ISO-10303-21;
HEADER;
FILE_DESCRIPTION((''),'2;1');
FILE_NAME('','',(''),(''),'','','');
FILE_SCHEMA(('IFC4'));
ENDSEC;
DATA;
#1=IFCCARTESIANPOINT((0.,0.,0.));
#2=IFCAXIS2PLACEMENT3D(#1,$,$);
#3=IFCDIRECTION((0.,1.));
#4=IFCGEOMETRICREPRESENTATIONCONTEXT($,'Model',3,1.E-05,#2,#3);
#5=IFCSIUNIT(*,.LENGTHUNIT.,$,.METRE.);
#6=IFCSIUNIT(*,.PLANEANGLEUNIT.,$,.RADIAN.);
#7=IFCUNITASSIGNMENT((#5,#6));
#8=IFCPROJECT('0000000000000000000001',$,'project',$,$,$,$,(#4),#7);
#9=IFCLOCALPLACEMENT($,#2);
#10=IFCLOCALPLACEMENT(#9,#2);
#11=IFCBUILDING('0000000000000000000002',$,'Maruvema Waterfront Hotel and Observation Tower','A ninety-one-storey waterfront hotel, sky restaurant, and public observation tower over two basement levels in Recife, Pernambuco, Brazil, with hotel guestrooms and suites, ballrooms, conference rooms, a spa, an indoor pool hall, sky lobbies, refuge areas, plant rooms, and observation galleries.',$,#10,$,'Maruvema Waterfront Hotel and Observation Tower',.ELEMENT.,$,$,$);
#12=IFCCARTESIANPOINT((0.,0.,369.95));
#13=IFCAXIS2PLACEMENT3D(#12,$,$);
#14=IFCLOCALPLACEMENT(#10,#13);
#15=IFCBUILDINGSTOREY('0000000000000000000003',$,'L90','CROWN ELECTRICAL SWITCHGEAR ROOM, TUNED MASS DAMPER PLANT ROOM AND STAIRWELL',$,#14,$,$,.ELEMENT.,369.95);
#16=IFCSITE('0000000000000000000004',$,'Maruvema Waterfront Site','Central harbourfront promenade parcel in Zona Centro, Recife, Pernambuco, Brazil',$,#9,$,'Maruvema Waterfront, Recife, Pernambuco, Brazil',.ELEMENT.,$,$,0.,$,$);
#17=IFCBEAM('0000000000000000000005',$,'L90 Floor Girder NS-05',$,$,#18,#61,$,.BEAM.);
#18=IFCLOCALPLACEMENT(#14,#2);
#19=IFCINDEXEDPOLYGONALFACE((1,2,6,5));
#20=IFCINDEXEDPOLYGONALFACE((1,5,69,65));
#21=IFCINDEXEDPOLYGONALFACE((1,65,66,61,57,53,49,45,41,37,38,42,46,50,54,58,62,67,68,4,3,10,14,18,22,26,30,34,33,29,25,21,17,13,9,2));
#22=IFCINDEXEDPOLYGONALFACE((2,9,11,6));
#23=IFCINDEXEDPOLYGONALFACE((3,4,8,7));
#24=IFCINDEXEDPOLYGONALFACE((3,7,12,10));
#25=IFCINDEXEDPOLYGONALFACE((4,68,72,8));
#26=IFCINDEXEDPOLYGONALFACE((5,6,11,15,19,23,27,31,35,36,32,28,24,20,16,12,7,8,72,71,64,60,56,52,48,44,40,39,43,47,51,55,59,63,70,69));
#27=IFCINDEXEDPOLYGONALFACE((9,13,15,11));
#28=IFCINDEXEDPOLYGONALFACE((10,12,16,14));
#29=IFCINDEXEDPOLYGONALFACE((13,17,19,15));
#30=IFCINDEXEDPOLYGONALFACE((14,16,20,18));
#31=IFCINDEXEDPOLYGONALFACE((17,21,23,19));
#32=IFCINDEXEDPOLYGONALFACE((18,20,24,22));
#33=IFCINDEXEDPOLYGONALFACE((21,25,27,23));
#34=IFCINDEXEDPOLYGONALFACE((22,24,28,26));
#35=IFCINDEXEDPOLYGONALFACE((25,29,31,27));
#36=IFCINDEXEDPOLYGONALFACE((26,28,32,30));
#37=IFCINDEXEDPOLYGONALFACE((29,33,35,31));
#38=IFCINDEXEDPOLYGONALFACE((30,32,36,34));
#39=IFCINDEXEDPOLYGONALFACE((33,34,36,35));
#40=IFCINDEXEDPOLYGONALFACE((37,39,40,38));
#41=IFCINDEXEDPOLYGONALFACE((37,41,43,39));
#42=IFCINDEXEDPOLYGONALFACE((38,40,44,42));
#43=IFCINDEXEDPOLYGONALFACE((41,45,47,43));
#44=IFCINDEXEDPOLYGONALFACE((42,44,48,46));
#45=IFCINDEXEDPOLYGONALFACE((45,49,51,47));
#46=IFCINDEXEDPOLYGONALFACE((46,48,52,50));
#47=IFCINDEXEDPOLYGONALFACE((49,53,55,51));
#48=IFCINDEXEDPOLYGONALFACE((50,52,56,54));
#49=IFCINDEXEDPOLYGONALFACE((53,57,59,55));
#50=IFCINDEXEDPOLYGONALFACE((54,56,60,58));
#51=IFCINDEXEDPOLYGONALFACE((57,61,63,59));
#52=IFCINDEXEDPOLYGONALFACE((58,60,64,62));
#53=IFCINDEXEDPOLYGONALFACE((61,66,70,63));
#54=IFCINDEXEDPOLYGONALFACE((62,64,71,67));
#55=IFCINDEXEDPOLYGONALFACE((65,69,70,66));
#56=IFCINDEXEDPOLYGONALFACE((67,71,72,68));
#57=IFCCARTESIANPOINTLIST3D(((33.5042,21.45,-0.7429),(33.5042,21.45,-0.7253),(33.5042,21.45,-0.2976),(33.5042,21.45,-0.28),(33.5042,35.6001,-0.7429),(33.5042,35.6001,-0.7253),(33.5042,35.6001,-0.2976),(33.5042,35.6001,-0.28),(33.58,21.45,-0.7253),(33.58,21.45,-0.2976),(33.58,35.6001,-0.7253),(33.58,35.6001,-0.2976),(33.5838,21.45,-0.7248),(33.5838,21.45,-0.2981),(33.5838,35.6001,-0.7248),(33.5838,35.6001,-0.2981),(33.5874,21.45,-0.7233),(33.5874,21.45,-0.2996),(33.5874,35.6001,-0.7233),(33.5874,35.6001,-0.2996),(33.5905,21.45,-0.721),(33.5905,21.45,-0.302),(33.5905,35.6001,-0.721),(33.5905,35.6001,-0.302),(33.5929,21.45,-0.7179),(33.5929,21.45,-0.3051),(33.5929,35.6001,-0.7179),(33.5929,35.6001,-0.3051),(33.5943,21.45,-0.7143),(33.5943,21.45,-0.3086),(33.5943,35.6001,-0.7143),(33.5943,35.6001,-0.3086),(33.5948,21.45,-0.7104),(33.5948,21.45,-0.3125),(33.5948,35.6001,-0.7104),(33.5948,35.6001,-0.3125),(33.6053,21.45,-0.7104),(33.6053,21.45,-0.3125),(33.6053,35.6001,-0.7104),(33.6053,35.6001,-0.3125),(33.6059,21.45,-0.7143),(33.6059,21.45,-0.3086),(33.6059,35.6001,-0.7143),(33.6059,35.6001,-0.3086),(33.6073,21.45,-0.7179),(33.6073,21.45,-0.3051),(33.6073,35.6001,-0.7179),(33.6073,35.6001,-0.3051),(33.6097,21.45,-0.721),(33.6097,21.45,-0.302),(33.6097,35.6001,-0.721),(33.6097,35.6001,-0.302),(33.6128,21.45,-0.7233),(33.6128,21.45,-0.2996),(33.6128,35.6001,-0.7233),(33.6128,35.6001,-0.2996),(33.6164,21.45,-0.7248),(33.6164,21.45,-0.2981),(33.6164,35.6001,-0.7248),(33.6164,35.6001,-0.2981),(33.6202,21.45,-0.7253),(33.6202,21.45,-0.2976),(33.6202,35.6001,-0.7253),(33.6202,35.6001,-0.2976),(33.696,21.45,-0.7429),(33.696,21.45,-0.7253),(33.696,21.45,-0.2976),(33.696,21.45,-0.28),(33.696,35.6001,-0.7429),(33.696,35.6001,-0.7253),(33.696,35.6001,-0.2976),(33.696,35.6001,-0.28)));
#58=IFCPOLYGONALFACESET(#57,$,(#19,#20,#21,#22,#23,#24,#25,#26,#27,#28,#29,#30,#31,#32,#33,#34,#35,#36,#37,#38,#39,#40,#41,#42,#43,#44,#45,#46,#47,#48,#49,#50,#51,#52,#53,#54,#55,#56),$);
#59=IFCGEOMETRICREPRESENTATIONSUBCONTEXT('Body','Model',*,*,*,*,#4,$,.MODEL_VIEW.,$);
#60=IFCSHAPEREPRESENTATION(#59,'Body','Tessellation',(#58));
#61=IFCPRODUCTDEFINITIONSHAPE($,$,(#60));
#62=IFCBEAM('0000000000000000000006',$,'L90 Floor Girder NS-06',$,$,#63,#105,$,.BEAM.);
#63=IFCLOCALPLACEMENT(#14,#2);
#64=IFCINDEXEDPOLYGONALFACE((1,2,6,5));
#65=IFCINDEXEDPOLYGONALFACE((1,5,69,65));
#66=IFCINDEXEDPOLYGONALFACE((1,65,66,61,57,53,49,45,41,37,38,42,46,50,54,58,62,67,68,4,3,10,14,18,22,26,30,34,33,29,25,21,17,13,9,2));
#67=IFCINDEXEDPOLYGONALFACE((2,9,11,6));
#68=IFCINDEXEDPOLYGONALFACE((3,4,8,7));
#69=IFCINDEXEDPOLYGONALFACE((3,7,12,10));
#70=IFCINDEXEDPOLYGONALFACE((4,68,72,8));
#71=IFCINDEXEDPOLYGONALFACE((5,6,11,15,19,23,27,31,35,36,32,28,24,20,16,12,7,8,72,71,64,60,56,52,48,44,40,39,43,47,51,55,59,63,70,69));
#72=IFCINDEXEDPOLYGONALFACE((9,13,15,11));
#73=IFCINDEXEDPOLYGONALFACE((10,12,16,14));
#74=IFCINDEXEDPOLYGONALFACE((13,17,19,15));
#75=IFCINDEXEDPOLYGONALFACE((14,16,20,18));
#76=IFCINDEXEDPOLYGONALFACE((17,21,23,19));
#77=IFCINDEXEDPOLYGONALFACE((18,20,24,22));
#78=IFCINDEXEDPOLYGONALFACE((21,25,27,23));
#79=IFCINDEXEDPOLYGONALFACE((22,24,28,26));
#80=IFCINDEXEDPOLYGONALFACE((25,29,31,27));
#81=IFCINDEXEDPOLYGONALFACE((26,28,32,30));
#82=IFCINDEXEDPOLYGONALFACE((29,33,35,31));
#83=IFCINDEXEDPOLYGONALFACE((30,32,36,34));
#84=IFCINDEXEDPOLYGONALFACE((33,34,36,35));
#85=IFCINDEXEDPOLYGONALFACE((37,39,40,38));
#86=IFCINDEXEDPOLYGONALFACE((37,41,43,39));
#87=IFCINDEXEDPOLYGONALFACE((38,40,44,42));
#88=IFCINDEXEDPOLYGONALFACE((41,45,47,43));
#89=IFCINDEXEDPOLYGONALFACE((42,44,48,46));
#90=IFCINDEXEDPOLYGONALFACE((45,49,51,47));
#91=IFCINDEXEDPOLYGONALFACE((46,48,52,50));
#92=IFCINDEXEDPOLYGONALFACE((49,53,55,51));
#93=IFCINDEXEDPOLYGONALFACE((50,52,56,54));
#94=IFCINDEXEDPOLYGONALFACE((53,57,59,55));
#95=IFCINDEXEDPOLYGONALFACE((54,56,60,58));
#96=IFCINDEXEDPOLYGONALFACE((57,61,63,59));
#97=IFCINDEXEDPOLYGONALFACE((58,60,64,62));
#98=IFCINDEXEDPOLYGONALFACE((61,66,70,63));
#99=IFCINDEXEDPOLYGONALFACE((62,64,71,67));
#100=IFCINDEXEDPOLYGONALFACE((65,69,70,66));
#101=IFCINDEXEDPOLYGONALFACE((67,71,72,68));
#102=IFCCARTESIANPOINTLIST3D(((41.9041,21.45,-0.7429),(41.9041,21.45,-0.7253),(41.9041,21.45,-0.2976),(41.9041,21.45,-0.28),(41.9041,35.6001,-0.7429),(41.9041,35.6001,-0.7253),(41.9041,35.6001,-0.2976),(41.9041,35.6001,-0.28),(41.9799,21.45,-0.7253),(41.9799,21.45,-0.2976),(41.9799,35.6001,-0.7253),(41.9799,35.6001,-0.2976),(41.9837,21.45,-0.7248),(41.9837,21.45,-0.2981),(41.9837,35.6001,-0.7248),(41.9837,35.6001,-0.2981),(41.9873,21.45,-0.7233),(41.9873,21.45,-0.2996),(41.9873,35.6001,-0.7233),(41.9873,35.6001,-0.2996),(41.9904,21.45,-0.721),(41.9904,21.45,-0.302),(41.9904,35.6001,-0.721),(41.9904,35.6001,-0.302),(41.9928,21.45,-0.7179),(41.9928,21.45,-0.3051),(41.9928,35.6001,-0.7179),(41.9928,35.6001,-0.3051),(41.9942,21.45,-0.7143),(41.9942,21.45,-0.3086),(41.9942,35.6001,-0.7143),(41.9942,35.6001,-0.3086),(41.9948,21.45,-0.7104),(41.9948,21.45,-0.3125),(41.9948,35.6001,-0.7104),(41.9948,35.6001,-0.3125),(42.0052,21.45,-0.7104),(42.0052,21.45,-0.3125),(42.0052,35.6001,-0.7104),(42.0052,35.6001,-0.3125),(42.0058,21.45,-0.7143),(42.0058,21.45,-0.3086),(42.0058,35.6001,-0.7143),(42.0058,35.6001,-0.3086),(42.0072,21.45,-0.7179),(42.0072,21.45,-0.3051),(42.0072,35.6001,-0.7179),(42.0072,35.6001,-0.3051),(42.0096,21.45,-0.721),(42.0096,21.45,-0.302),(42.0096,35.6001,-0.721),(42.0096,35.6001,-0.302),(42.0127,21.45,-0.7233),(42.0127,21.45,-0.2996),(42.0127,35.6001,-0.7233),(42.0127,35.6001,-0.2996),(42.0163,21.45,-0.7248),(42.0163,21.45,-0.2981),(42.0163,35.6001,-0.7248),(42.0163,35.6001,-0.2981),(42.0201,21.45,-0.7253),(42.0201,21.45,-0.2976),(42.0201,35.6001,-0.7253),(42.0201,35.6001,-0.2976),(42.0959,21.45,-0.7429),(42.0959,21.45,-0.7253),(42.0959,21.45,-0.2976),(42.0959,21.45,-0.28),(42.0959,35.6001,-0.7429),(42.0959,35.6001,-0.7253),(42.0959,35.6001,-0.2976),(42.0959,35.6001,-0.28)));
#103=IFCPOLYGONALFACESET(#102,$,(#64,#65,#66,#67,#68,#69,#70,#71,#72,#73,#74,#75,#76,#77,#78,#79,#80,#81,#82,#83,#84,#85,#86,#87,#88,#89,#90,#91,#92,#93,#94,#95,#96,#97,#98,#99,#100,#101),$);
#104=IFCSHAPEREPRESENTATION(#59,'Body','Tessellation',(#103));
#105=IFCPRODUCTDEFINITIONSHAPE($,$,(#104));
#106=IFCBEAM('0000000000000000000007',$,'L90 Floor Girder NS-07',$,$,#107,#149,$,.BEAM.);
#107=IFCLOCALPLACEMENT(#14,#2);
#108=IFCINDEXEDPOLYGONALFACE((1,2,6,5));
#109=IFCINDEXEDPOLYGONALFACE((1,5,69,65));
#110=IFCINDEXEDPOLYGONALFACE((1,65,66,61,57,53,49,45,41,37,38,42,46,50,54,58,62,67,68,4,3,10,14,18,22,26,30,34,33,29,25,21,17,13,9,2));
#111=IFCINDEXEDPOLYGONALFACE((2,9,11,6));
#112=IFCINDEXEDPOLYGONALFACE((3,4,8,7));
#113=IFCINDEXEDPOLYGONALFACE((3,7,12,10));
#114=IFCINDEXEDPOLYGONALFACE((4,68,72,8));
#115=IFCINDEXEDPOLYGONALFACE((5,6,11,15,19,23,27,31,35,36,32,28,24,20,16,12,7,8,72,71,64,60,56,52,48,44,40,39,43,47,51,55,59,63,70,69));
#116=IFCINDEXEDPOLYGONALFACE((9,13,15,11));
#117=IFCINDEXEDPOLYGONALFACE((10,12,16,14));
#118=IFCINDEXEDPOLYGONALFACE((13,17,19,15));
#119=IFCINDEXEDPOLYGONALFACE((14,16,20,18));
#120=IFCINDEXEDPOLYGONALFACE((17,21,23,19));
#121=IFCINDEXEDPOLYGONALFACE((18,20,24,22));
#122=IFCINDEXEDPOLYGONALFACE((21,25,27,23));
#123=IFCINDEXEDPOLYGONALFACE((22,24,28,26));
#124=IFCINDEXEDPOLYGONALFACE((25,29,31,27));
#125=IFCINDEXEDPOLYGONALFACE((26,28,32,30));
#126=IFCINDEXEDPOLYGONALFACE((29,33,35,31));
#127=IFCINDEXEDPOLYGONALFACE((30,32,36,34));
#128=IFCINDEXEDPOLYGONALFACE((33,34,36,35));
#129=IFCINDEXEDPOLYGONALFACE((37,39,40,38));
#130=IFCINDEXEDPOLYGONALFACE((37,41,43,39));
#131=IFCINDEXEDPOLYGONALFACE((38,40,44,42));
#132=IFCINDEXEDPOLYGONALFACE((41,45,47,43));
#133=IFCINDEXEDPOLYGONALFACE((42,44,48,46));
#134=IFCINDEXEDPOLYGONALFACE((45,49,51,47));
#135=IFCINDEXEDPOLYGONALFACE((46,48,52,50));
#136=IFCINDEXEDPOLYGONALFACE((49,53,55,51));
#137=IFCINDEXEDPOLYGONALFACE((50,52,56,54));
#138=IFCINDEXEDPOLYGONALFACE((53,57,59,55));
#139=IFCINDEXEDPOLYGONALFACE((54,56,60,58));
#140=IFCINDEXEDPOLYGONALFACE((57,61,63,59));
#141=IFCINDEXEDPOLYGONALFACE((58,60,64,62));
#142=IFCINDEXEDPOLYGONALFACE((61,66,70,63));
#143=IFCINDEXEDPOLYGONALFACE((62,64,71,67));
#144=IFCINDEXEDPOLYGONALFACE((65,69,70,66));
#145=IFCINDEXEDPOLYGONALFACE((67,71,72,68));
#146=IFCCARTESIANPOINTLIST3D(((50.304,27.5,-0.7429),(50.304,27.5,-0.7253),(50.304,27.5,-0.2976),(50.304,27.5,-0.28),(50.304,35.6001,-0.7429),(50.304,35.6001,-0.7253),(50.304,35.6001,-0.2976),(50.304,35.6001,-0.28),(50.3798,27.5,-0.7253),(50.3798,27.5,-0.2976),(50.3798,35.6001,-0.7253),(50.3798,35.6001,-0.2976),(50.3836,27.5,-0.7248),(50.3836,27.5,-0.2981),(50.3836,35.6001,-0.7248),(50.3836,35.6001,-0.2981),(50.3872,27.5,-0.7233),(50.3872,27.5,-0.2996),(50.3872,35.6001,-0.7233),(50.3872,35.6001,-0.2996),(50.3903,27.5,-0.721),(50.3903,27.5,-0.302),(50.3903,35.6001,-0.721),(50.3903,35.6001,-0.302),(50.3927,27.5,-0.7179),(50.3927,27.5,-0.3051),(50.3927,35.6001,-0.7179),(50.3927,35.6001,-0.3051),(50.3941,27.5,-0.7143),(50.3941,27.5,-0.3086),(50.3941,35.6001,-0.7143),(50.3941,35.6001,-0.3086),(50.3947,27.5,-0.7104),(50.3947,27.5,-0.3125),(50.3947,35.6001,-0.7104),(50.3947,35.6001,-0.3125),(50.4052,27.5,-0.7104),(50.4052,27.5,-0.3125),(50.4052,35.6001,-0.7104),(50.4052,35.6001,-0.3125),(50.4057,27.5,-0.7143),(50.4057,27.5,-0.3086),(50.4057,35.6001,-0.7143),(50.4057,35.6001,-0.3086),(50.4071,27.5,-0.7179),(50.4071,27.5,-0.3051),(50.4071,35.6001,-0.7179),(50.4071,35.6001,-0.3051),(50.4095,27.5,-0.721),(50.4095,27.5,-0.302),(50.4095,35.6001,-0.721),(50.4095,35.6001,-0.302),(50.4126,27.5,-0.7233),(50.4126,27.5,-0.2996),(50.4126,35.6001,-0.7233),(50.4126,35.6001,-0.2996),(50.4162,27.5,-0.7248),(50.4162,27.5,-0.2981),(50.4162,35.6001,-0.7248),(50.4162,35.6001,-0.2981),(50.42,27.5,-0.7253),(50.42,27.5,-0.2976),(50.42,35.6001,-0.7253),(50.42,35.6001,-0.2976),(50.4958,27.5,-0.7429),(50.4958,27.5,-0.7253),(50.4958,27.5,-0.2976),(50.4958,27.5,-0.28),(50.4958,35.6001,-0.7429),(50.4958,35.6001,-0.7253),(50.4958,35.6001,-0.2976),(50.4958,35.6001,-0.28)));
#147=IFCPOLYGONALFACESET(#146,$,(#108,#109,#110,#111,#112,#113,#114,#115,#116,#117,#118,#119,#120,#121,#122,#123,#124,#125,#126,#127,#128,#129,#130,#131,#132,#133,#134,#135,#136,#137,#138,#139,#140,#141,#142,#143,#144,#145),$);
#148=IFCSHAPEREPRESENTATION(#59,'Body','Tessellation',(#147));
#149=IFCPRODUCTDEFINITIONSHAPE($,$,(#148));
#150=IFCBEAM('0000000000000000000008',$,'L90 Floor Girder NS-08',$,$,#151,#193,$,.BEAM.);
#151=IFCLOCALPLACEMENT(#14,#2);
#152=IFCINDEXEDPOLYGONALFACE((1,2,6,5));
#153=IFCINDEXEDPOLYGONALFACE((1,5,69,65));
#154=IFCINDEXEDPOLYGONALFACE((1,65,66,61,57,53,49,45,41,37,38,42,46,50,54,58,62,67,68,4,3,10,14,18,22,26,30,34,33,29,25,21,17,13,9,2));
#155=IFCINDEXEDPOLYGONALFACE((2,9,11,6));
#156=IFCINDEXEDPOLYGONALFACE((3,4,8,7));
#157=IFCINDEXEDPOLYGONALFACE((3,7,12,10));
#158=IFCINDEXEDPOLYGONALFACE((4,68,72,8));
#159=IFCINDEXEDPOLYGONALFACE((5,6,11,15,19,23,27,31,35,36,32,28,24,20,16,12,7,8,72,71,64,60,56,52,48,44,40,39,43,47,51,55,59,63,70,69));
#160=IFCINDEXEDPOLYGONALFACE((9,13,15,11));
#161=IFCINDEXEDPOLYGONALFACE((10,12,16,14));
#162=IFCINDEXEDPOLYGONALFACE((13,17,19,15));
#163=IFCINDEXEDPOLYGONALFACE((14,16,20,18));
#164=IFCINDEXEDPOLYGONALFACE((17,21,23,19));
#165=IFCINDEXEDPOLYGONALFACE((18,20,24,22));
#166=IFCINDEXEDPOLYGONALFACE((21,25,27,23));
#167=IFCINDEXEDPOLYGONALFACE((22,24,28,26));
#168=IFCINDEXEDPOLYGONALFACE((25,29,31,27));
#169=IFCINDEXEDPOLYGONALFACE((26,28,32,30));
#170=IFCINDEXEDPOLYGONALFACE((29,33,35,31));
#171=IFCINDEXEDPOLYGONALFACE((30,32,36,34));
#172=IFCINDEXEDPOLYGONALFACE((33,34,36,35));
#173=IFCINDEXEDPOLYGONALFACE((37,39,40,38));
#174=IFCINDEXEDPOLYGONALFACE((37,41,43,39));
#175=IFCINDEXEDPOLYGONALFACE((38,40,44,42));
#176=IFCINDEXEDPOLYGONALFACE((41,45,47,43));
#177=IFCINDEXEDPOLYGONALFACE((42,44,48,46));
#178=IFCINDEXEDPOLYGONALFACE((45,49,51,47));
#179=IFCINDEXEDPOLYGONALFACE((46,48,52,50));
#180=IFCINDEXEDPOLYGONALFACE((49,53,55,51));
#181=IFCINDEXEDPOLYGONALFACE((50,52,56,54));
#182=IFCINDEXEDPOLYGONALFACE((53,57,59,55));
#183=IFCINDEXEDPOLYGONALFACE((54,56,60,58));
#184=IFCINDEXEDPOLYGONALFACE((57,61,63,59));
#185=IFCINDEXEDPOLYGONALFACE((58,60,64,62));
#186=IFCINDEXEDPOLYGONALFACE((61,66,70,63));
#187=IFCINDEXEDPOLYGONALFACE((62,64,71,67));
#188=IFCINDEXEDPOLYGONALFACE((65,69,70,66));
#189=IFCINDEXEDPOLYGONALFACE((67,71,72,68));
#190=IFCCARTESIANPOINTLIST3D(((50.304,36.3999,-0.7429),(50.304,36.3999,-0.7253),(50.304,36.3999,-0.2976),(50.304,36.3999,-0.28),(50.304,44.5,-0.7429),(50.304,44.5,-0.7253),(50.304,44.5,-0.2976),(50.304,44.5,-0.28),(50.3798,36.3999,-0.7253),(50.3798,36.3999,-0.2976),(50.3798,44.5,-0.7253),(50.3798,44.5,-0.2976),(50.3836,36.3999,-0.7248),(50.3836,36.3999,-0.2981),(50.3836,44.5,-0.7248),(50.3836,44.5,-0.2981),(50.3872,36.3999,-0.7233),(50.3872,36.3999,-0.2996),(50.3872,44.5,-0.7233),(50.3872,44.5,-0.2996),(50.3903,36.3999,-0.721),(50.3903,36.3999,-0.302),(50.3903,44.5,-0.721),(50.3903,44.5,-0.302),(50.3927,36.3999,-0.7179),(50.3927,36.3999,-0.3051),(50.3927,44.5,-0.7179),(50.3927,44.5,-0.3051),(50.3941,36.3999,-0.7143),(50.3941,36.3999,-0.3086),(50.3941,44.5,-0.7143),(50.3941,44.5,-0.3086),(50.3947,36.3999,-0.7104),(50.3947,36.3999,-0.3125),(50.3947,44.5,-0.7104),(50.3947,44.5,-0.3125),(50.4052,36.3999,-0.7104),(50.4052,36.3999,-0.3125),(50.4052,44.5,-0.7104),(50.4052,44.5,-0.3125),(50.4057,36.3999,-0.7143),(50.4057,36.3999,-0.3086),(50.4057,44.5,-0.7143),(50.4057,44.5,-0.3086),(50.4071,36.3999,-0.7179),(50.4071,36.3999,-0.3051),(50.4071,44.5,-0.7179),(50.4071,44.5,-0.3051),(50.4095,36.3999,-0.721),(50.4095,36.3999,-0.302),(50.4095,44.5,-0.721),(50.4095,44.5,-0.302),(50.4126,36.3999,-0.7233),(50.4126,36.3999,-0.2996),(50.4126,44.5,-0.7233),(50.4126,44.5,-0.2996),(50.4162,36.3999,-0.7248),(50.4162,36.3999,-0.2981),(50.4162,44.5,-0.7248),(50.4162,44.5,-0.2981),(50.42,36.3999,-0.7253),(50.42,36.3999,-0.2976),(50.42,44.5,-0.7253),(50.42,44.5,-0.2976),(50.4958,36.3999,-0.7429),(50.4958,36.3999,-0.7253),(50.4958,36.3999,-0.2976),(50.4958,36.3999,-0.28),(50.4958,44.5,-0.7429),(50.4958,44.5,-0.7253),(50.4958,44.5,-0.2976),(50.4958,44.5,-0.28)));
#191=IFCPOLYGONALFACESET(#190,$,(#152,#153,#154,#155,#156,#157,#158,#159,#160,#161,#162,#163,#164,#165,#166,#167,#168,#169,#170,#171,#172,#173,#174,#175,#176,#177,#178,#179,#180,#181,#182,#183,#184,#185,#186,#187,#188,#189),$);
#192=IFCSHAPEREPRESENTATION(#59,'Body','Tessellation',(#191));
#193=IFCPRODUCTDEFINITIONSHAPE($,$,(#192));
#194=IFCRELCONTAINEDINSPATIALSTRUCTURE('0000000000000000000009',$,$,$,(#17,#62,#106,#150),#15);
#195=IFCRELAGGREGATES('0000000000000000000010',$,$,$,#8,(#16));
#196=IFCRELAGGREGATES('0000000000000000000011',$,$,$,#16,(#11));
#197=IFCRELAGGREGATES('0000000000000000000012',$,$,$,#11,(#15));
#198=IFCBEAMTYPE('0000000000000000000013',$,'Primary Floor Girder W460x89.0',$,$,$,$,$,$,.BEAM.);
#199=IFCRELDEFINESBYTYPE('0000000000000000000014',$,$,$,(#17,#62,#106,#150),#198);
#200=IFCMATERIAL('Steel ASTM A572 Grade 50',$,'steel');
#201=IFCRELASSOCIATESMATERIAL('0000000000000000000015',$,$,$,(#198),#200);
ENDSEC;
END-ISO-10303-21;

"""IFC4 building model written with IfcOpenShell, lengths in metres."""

from ifc_helpers import new_model, si_unit, direction, frame, origin, origin_2d, place, context, subcontext, project, spatial, i_section, extrude, material, material_profile, profile_set, type_object, element, save


model = new_model("IFC4")

# Units and contexts
model_context = context("Model", 3, precision=1e-05, world=origin(), true_north=direction((0.0, 1.0)))
body_context = subcontext(model_context, "Body", "Model", "MODEL_VIEW")
ifc_project = project(units=[si_unit("LENGTHUNIT", "METRE"), si_unit("PLANEANGLEUNIT", "RADIAN")], contexts=[model_context])

# Site, building, storey
site_placement = place(None, origin())
site = spatial("IfcSite", under=ifc_project, at=site_placement, Name="Maruvema Waterfront Site", Description="Central harbourfront promenade parcel in Zona Centro, Recife, Pernambuco, Brazil", LongName="Maruvema Waterfront, Recife, Pernambuco, Brazil", CompositionType="ELEMENT", RefElevation=0.0)
building_placement = place(site_placement, origin())
building = spatial("IfcBuilding", under=site, at=building_placement, Name="Maruvema Waterfront Hotel and Observation Tower", Description="A ninety-one-storey waterfront hotel, sky restaurant, and public observation tower over two basement levels in Recife, Pernambuco, Brazil, with hotel guestrooms and suites, ballrooms, conference rooms, a spa, an indoor pool hall, sky lobbies, refuge areas, plant rooms, and observation galleries.", LongName="Maruvema Waterfront Hotel and Observation Tower", CompositionType="ELEMENT")
storey_placement = place(building_placement, frame((0.0, 0.0, 369.95)))
storey = spatial("IfcBuildingStorey", under=building, at=storey_placement, Name="L90", Description="CROWN ELECTRICAL SWITCHGEAR ROOM, TUNED MASS DAMPER PLANT ROOM AND STAIRWELL", CompositionType="ELEMENT", Elevation=369.95)

# Beams
ifc_material_1 = material(Name="Steel ASTM A572 Grade 50", Category="steel")
ifc_material_profile_1 = material_profile(ifc_material_1, i_section(OverallWidth=0.1919, OverallDepth=0.4629, WebThickness=0.0105, FlangeThickness=0.0176, FilletRadius=0.0149, at=origin_2d()), Name="W460x89.0")
ifc_profile_set_1 = profile_set([ifc_material_profile_1], Name="Steel ASTM A572 Grade 50")
beam_type = type_object("IfcBeamType", Name="Primary Floor Girder W460x89.0", PredefinedType="BEAM", material=ifc_profile_set_1)
for number, where, z_axis, x_axis, name in (
    (1, (33.6001, 21.45, -0.5115), (0.0, 1.0, 0.0), (-1.0, 0.0, 0.0), "L90 Floor Girder NS-05"),
    (2, (42.0, 21.45, -0.5115), (0.0, 1.0, 0.0), (-1.0, 0.0, 0.0), "L90 Floor Girder NS-06"),
):
    element("IfcBeam", number, at=place(storey_placement, frame(where, z_axis=z_axis, x_axis=x_axis)), inside=storey, type_object=beam_type, Name=name, PredefinedType="BEAM", context=body_context, shape_type="SweptSolid", body=[
        extrude(i_section(OverallWidth=0.1919, OverallDepth=0.4629, WebThickness=0.0105, FlangeThickness=0.0176, FilletRadius=0.0149, at=origin_2d()), origin(), (0.0, 0.0, 1.0), 14.1501),
    ])
for number, where, z_axis, x_axis, name in (
    (3, (50.3999, 27.5, -0.5115), (0.0, 1.0, 0.0), (-1.0, 0.0, 0.0), "L90 Floor Girder NS-07"),
    (4, (50.3999, 36.3999, -0.5115), (0.0, 1.0, 0.0), (-1.0, 0.0, 0.0), "L90 Floor Girder NS-08"),
):
    element("IfcBeam", number, at=place(storey_placement, frame(where, z_axis=z_axis, x_axis=x_axis)), inside=storey, type_object=beam_type, Name=name, PredefinedType="BEAM", context=body_context, shape_type="SweptSolid", body=[
        extrude(i_section(OverallWidth=0.1919, OverallDepth=0.4629, WebThickness=0.0105, FlangeThickness=0.0176, FilletRadius=0.0149, at=origin_2d()), origin(), (0.0, 0.0, 1.0), 8.1001),
    ])

save(model, "model.ifc")
